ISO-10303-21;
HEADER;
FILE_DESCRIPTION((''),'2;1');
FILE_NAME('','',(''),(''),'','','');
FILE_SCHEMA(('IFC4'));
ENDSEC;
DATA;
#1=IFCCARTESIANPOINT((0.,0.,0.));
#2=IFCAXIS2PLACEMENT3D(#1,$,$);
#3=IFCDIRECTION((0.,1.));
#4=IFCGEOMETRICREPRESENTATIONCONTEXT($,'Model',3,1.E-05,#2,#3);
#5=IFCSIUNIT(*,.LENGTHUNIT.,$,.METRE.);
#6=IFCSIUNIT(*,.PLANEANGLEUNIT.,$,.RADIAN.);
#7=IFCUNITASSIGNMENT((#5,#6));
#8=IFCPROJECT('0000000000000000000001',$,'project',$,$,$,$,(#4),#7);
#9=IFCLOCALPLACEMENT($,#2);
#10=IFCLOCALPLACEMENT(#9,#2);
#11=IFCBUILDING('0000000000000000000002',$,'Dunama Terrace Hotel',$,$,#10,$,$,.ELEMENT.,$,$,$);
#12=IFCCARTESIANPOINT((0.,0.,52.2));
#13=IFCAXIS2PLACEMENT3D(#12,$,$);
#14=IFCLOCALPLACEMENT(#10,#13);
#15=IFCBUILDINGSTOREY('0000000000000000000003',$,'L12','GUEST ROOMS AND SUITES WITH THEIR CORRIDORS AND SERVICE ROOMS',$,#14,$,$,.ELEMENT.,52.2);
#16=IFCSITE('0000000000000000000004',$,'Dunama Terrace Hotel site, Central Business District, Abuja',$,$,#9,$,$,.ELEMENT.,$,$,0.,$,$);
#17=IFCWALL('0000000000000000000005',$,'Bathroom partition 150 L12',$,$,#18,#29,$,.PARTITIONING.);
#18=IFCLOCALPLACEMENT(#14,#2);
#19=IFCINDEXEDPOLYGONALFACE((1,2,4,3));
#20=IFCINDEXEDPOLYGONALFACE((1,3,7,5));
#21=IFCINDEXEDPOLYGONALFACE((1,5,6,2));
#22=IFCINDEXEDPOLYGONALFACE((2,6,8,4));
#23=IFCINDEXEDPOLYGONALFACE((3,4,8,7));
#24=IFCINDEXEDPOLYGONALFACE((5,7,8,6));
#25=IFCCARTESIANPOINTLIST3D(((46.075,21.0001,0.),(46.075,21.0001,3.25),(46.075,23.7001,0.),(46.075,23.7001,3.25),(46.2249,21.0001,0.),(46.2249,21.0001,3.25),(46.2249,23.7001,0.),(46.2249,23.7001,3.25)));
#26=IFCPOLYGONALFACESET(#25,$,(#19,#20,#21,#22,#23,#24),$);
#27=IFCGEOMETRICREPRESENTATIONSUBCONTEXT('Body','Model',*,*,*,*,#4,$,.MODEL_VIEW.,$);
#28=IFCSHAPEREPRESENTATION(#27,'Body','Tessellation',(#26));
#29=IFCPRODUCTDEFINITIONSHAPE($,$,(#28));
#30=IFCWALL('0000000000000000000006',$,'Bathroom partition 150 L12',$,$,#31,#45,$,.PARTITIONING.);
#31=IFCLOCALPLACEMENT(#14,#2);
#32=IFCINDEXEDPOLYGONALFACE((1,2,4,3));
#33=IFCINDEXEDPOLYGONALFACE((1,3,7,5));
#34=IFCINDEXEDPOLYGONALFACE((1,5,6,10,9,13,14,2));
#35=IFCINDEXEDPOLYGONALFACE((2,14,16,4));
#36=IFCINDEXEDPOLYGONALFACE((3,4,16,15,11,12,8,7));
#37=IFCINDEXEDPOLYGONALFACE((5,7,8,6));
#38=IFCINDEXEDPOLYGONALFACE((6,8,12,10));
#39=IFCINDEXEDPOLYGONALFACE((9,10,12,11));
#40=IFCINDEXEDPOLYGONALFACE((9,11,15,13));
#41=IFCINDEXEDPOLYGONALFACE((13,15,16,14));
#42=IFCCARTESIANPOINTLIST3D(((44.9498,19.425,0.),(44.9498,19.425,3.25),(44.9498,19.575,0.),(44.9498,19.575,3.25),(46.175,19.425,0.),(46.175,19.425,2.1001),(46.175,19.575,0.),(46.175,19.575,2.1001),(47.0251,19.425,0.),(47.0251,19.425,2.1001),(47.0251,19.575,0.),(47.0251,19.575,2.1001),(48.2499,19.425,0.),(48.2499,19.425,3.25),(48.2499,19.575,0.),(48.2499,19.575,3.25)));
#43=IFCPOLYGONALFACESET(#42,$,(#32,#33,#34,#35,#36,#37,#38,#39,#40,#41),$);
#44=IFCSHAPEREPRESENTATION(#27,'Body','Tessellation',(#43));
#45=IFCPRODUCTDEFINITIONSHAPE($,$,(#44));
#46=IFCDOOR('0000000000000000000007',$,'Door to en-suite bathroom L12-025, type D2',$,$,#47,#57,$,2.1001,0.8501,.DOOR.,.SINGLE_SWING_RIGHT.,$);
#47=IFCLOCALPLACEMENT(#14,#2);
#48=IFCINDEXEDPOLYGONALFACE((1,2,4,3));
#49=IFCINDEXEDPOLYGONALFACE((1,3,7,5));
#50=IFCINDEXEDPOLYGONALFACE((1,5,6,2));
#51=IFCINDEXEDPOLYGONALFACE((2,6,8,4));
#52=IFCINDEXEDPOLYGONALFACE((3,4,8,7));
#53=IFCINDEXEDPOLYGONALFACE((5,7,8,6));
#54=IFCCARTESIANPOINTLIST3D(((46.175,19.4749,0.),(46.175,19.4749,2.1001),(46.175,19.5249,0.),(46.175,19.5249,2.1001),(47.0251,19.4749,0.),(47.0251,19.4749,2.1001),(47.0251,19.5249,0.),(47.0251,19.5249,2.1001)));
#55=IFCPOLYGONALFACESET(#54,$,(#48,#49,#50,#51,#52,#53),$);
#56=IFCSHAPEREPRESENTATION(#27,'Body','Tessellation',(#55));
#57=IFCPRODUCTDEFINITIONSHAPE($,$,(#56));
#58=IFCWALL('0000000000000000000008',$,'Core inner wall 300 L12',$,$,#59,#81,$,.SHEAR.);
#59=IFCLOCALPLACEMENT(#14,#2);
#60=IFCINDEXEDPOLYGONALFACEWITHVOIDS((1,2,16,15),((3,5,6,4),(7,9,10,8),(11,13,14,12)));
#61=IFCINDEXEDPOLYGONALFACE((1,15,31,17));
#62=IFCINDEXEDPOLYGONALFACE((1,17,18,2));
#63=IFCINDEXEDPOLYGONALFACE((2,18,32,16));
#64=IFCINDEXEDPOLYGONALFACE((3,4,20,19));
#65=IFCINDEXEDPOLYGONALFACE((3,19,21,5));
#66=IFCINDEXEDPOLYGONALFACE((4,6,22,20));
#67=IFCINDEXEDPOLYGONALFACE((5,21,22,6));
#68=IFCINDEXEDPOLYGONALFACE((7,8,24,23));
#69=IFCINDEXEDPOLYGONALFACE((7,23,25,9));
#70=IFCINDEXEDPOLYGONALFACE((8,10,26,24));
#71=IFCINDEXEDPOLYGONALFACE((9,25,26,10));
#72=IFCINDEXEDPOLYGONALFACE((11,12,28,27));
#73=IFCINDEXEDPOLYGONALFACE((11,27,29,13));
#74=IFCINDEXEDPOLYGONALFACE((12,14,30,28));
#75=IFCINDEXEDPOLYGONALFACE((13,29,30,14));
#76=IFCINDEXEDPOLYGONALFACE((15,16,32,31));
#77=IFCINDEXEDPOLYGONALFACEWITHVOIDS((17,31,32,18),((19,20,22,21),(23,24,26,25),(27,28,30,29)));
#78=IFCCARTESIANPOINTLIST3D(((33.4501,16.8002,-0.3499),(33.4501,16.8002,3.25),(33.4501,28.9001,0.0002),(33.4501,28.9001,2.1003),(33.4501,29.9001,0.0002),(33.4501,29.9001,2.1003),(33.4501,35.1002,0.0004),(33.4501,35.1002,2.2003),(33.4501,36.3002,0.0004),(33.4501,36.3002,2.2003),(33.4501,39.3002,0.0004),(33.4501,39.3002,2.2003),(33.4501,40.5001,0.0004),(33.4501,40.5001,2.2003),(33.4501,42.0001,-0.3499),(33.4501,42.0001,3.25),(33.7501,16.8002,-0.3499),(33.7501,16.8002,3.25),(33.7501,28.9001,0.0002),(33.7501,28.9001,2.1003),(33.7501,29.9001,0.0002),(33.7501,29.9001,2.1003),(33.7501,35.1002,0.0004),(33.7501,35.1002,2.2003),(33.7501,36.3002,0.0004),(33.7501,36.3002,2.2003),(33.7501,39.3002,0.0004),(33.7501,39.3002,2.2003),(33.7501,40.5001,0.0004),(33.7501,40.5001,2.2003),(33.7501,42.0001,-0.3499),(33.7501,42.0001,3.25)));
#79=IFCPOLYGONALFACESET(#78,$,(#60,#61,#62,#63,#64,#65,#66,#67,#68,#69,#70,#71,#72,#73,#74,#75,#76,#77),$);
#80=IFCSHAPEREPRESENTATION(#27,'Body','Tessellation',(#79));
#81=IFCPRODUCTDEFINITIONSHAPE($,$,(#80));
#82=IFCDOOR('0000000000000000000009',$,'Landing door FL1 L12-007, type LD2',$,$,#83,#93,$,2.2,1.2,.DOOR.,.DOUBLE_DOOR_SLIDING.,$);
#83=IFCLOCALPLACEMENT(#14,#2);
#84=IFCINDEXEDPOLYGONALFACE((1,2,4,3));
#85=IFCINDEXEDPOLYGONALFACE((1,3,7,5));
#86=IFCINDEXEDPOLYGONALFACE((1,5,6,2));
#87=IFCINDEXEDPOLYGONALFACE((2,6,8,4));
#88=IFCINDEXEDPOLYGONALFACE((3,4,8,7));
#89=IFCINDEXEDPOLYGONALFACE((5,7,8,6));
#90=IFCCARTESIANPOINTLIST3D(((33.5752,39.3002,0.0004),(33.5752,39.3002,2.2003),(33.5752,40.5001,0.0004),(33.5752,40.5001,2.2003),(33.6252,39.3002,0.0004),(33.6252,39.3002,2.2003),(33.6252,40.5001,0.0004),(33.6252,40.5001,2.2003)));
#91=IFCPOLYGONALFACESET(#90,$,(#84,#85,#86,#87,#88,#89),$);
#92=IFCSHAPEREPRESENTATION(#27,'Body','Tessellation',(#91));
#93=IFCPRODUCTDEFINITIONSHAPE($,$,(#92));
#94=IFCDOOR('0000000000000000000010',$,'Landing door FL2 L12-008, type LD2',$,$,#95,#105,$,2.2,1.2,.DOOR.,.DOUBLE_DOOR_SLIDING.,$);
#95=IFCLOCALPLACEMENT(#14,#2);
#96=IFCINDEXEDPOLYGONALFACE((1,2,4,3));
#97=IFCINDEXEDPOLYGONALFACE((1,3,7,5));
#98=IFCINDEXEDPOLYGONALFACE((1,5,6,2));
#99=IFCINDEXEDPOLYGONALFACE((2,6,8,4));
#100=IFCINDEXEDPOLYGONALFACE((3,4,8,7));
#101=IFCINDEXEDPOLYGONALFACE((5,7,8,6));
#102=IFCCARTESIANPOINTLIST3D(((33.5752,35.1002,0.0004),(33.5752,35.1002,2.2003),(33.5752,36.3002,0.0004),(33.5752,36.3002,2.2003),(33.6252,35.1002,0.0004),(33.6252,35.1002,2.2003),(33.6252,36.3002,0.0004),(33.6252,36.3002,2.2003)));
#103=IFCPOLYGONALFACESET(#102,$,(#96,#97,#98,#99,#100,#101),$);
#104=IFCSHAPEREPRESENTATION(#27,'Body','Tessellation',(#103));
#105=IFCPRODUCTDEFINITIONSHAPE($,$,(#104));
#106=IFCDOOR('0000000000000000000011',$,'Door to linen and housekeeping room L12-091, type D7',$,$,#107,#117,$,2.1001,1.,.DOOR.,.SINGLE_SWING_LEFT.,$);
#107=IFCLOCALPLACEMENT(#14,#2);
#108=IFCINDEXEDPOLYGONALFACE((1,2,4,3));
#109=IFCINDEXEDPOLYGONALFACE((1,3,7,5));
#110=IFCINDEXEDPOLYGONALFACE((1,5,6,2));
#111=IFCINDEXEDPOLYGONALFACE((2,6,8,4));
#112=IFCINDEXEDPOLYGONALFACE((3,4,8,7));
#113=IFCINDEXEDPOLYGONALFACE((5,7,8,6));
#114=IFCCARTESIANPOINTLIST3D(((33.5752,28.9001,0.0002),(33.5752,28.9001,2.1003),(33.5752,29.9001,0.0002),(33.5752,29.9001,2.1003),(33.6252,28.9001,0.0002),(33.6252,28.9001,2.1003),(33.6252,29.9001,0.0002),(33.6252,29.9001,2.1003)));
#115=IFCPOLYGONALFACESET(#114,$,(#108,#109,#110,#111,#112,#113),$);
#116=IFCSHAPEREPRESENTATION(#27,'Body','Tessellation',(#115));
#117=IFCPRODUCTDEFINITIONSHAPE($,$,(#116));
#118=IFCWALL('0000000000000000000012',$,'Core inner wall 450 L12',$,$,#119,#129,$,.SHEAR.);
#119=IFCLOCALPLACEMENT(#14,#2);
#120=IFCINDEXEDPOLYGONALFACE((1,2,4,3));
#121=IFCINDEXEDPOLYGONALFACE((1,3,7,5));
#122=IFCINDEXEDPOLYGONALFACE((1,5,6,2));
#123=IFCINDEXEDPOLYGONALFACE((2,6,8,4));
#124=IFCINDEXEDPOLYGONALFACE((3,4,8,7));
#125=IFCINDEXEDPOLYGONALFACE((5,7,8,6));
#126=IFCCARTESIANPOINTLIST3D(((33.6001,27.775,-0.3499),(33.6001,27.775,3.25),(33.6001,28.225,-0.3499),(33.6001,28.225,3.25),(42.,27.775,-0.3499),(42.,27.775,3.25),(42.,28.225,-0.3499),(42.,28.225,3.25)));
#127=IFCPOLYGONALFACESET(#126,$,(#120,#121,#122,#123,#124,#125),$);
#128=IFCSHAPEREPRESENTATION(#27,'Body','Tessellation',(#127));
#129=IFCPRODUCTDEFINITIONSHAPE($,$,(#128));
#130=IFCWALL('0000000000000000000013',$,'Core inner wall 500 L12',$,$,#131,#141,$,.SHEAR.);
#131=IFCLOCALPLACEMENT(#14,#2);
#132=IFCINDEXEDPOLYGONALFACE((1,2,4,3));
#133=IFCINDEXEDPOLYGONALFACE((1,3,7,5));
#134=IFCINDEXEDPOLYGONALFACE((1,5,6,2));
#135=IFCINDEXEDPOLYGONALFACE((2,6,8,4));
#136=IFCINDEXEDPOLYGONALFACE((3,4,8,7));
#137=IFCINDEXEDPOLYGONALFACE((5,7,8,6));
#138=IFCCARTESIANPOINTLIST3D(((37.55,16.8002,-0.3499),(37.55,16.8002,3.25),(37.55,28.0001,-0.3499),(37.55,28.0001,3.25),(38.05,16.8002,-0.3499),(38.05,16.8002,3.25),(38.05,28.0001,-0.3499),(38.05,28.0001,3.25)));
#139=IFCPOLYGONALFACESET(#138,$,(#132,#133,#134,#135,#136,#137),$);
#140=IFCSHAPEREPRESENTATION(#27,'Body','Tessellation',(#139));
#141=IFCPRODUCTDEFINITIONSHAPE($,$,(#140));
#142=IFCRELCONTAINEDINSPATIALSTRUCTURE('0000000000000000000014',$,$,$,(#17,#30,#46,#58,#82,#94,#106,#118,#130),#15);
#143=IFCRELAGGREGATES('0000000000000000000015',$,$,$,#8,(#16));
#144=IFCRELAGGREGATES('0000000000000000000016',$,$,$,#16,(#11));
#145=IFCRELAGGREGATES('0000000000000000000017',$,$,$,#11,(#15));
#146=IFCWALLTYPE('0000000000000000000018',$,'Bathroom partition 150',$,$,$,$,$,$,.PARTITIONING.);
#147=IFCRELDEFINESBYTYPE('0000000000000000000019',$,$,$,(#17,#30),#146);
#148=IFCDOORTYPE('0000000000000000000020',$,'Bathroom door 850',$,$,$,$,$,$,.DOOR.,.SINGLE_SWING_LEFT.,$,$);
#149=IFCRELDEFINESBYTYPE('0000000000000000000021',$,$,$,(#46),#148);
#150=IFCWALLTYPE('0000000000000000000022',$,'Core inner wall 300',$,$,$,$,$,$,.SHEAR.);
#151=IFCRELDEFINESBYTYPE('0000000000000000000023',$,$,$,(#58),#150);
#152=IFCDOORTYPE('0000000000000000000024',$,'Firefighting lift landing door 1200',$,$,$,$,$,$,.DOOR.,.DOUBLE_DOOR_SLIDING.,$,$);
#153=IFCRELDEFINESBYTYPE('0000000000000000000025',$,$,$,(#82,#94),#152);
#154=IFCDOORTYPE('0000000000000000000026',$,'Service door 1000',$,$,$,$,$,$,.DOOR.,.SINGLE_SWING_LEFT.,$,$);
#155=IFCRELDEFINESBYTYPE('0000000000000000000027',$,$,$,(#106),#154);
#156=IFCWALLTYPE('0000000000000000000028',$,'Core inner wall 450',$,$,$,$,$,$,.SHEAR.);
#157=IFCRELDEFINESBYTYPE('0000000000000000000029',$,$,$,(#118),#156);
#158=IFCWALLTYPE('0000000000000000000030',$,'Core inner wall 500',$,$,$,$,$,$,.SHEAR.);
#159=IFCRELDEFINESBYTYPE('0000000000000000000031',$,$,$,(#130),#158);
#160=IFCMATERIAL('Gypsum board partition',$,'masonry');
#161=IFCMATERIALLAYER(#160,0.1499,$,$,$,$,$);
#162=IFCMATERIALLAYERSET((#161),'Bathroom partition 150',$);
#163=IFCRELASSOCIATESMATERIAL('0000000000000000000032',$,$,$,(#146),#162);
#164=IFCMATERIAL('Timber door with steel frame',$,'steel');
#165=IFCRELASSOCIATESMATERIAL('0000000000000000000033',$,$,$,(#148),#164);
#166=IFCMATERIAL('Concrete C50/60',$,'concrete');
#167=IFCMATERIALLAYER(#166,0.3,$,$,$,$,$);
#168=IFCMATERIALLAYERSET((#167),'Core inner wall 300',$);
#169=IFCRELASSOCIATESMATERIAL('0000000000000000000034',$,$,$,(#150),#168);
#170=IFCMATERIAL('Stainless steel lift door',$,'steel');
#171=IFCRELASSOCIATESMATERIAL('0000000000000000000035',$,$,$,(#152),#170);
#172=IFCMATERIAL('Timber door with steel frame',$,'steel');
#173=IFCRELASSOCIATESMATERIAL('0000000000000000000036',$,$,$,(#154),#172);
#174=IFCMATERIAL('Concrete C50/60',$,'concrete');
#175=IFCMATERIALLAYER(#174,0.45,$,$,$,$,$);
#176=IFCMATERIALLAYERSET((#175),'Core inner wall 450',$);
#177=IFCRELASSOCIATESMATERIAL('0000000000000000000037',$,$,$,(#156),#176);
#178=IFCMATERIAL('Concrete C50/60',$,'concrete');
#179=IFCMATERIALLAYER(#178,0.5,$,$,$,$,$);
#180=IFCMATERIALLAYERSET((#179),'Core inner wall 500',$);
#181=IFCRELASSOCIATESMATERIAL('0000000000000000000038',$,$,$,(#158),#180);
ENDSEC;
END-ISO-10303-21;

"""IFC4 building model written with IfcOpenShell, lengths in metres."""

from ifc_helpers import new_model, si_unit, direction, frame, frame_2d, origin, place, context, subcontext, project, spatial, rectangle, extrude, material, layer, layer_set, type_object, element, fill, save


model = new_model("IFC4")

# Units and contexts
model_context = context("Model", 3, precision=1e-05, world=origin(), true_north=direction((0.0, 1.0)))
body_context = subcontext(model_context, "Body", "Model", "MODEL_VIEW")
ifc_project = project(units=[si_unit("LENGTHUNIT", "METRE"), si_unit("PLANEANGLEUNIT", "RADIAN")], contexts=[model_context])

# Site, building, storey
site_placement = place(None, origin())
site = spatial("IfcSite", under=ifc_project, at=site_placement, Name="Dunama Terrace Hotel site, Central Business District, Abuja", CompositionType="ELEMENT", RefElevation=0.0)
building_placement = place(site_placement, origin())
building = spatial("IfcBuilding", under=site, at=building_placement, Name="Dunama Terrace Hotel", CompositionType="ELEMENT")
storey_placement = place(building_placement, frame((0.0, 0.0, 52.2)))
storey = spatial("IfcBuildingStorey", under=building, at=storey_placement, Name="L12", Description="GUEST ROOMS AND SUITES WITH THEIR CORRIDORS AND SERVICE ROOMS", CompositionType="ELEMENT", Elevation=52.2)

# Wall
ifc_material_1 = material(Name="Gypsum board partition", Category="masonry")
ifc_layer_1 = layer(ifc_material_1, 0.1499)
ifc_layer_set_1 = layer_set([ifc_layer_1], Name="Bathroom partition 150")
wall_type_1 = type_object("IfcWallType", Name="Bathroom partition 150", PredefinedType="PARTITIONING", material=ifc_layer_set_1)
wall_1_placement = place(storey_placement, frame((46.1499, 21.0, 0.0), z_axis=(0.0, 0.0, 1.0), x_axis=(0.0, 1.0, 0.0)))
element("IfcWall", 1, at=wall_1_placement, inside=storey, type_object=wall_type_1, Name="Bathroom partition 150 L12", PredefinedType="PARTITIONING", context=body_context, shape_type="SweptSolid", body=[
    extrude(rectangle(XDim=2.7, YDim=0.1499, at=frame_2d((1.3501, 0.0))), origin(), (0.0, 0.0, 1.0), 3.25),
])

# Wall, opening, door
wall_2_placement = place(storey_placement, frame((44.95, 19.5, 0.0), z_axis=(0.0, 0.0, 1.0), x_axis=(1.0, 0.0, 0.0)))
wall_2 = element("IfcWall", 2, at=wall_2_placement, inside=storey, type_object=wall_type_1, Name="Bathroom partition 150 L12", PredefinedType="PARTITIONING", context=body_context, shape_type="SweptSolid", body=[
    extrude(rectangle(XDim=3.3, YDim=0.1499, at=frame_2d((1.6499, 0.0))), origin(), (0.0, 0.0, 1.0), 3.25),
])
opening_1_placement = place(wall_2_placement, frame((1.2251, 0.0, 0.0)))
opening_1 = element("IfcOpeningElement", 3, at=opening_1_placement, cuts=wall_2, PredefinedType="OPENING", context=body_context, shape_type="SweptSolid", body=[
    extrude(rectangle(XDim=0.8501, YDim=2.1001, at=frame_2d((0.425, 1.05))), frame((0.0, 0.085, 0.0), z_axis=(0.0, -1.0, 0.0), x_axis=(1.0, 0.0, 0.0)), (0.0, 0.0, 1.0), 0.1699),
])
ifc_material_2 = material(Name="Timber door with steel frame", Category="steel")
door_type_1 = type_object("IfcDoorType", Name="Bathroom door 850", OperationType="SINGLE_SWING_LEFT", PredefinedType="DOOR", material=ifc_material_2)
door_1_placement = place(opening_1_placement, frame((0.8501, 0.0, 0.0), z_axis=(0.0, 0.0, 1.0), x_axis=(-1.0, 0.0, 0.0)))
door_1 = element("IfcDoor", 4, at=door_1_placement, inside=storey, type_object=door_type_1, Name="Door to en-suite bathroom L12-025, type D2", OperationType="SINGLE_SWING_RIGHT", OverallHeight=2.1001, OverallWidth=0.8501, PredefinedType="DOOR", context=body_context, shape_type="SweptSolid", body=[
    extrude(rectangle(XDim=0.8501, YDim=2.1001, at=frame_2d((0.425, 1.05))), frame((0.0, 0.0251, 0.0), z_axis=(0.0, -1.0, 0.0), x_axis=(1.0, 0.0, 0.0)), (0.0, 0.0, 1.0), 0.05),
])
fill(opening_1, door_1)

# Wall, openings, doors
ifc_material_3 = material(Name="Concrete C50/60", Category="concrete")
ifc_layer_2 = layer(ifc_material_3, 0.3)
ifc_layer_set_2 = layer_set([ifc_layer_2], Name="Core inner wall 300")
wall_type_2 = type_object("IfcWallType", Name="Core inner wall 300", PredefinedType="SHEAR", material=ifc_layer_set_2)
wall_3_placement = place(storey_placement, frame((33.6001, 16.8, -0.3499), z_axis=(0.0, 0.0, 1.0), x_axis=(0.0, 1.0, 0.0)))
wall_3 = element("IfcWall", 5, at=wall_3_placement, inside=storey, type_object=wall_type_2, Name="Core inner wall 300 L12", PredefinedType="SHEAR", context=body_context, shape_type="SweptSolid", body=[
    extrude(rectangle(XDim=25.2, YDim=0.3, at=frame_2d((12.6001, 0.0))), origin(), (0.0, 0.0, 1.0), 3.5999),
])
opening_2_placement = place(wall_3_placement, frame((22.5, 0.0, 0.3501)))
opening_2 = element("IfcOpeningElement", 6, at=opening_2_placement, cuts=wall_3, PredefinedType="OPENING", context=body_context, shape_type="SweptSolid", body=[
    extrude(rectangle(XDim=1.2, YDim=2.2, at=frame_2d((0.6001, 1.1001))), frame((0.0, 0.1599, 0.0), z_axis=(0.0, -1.0, 0.0), x_axis=(1.0, 0.0, 0.0)), (0.0, 0.0, 1.0), 0.3201),
])
opening_3_placement = place(wall_3_placement, frame((18.3, 0.0, 0.3501)))
opening_3 = element("IfcOpeningElement", 7, at=opening_3_placement, cuts=wall_3, PredefinedType="OPENING", context=body_context, shape_type="SweptSolid", body=[
    extrude(rectangle(XDim=1.2, YDim=2.2, at=frame_2d((0.6001, 1.1001))), frame((0.0, 0.1599, 0.0), z_axis=(0.0, -1.0, 0.0), x_axis=(1.0, 0.0, 0.0)), (0.0, 0.0, 1.0), 0.3201),
])
opening_4_placement = place(wall_3_placement, frame((12.1001, 0.0, 0.3501)))
opening_4 = element("IfcOpeningElement", 8, at=opening_4_placement, cuts=wall_3, PredefinedType="OPENING", context=body_context, shape_type="SweptSolid", body=[
    extrude(rectangle(XDim=1.0, YDim=2.1001, at=frame_2d((0.5, 1.05))), frame((0.0, 0.1599, 0.0), z_axis=(0.0, -1.0, 0.0), x_axis=(1.0, 0.0, 0.0)), (0.0, 0.0, 1.0), 0.3201),
])
ifc_material_4 = material(Name="Stainless steel lift door", Category="steel")
door_type_2 = type_object("IfcDoorType", Name="Firefighting lift landing door 1200", OperationType="DOUBLE_DOOR_SLIDING", PredefinedType="DOOR", material=ifc_material_4)
door_2_placement = place(opening_2_placement, origin())
door_2 = element("IfcDoor", 9, at=door_2_placement, inside=storey, type_object=door_type_2, Name="Landing door FL1 L12-007, type LD2", OperationType="DOUBLE_DOOR_SLIDING", OverallHeight=2.2, OverallWidth=1.2, PredefinedType="DOOR", context=body_context, shape_type="SweptSolid", body=[
    extrude(rectangle(XDim=1.2, YDim=2.2, at=frame_2d((0.6001, 1.1001))), frame((0.0, 0.0249, 0.0), z_axis=(0.0, -1.0, 0.0), x_axis=(1.0, 0.0, 0.0)), (0.0, 0.0, 1.0), 0.05),
])
fill(opening_2, door_2)
door_3_placement = place(opening_3_placement, origin())
door_3 = element("IfcDoor", 10, at=door_3_placement, inside=storey, type_object=door_type_2, Name="Landing door FL2 L12-008, type LD2", OperationType="DOUBLE_DOOR_SLIDING", OverallHeight=2.2, OverallWidth=1.2, PredefinedType="DOOR", context=body_context, shape_type="SweptSolid", body=[
    extrude(rectangle(XDim=1.2, YDim=2.2, at=frame_2d((0.6001, 1.1001))), frame((0.0, 0.0249, 0.0), z_axis=(0.0, -1.0, 0.0), x_axis=(1.0, 0.0, 0.0)), (0.0, 0.0, 1.0), 0.05),
])
fill(opening_3, door_3)
ifc_material_5 = material(Name="Timber door with steel frame", Category="steel")
door_type_3 = type_object("IfcDoorType", Name="Service door 1000", OperationType="SINGLE_SWING_LEFT", PredefinedType="DOOR", material=ifc_material_5)
door_4_placement = place(opening_4_placement, origin())
door_4 = element("IfcDoor", 11, at=door_4_placement, inside=storey, type_object=door_type_3, Name="Door to linen and housekeeping room L12-091, type D7", OperationType="SINGLE_SWING_LEFT", OverallHeight=2.1001, OverallWidth=1.0, PredefinedType="DOOR", context=body_context, shape_type="SweptSolid", body=[
    extrude(rectangle(XDim=1.0, YDim=2.1001, at=frame_2d((0.5, 1.05))), frame((0.0, 0.0249, 0.0), z_axis=(0.0, -1.0, 0.0), x_axis=(1.0, 0.0, 0.0)), (0.0, 0.0, 1.0), 0.05),
])
fill(opening_4, door_4)

# Walls
ifc_material_6 = material(Name="Concrete C50/60", Category="concrete")
ifc_layer_3 = layer(ifc_material_6, 0.45)
ifc_layer_set_3 = layer_set([ifc_layer_3], Name="Core inner wall 450")
wall_type_3 = type_object("IfcWallType", Name="Core inner wall 450", PredefinedType="SHEAR", material=ifc_layer_set_3)
wall_4_placement = place(storey_placement, frame((33.6001, 28.0, -0.3499), z_axis=(0.0, 0.0, 1.0), x_axis=(1.0, 0.0, 0.0)))
element("IfcWall", 12, at=wall_4_placement, inside=storey, type_object=wall_type_3, Name="Core inner wall 450 L12", PredefinedType="SHEAR", context=body_context, shape_type="SweptSolid", body=[
    extrude(rectangle(XDim=8.3999, YDim=0.45, at=frame_2d((4.2, 0.0))), origin(), (0.0, 0.0, 1.0), 3.5999),
])
ifc_material_7 = material(Name="Concrete C50/60", Category="concrete")
ifc_layer_4 = layer(ifc_material_7, 0.5)
ifc_layer_set_4 = layer_set([ifc_layer_4], Name="Core inner wall 500")
wall_type_4 = type_object("IfcWallType", Name="Core inner wall 500", PredefinedType="SHEAR", material=ifc_layer_set_4)
wall_5_placement = place(storey_placement, frame((37.8, 16.8, -0.3499), z_axis=(0.0, 0.0, 1.0), x_axis=(0.0, 1.0, 0.0)))
element("IfcWall", 13, at=wall_5_placement, inside=storey, type_object=wall_type_4, Name="Core inner wall 500 L12", PredefinedType="SHEAR", context=body_context, shape_type="SweptSolid", body=[
    extrude(rectangle(XDim=11.2, YDim=0.5, at=frame_2d((5.6001, 0.0))), origin(), (0.0, 0.0, 1.0), 3.5999),
])

save(model, "model.ifc")
